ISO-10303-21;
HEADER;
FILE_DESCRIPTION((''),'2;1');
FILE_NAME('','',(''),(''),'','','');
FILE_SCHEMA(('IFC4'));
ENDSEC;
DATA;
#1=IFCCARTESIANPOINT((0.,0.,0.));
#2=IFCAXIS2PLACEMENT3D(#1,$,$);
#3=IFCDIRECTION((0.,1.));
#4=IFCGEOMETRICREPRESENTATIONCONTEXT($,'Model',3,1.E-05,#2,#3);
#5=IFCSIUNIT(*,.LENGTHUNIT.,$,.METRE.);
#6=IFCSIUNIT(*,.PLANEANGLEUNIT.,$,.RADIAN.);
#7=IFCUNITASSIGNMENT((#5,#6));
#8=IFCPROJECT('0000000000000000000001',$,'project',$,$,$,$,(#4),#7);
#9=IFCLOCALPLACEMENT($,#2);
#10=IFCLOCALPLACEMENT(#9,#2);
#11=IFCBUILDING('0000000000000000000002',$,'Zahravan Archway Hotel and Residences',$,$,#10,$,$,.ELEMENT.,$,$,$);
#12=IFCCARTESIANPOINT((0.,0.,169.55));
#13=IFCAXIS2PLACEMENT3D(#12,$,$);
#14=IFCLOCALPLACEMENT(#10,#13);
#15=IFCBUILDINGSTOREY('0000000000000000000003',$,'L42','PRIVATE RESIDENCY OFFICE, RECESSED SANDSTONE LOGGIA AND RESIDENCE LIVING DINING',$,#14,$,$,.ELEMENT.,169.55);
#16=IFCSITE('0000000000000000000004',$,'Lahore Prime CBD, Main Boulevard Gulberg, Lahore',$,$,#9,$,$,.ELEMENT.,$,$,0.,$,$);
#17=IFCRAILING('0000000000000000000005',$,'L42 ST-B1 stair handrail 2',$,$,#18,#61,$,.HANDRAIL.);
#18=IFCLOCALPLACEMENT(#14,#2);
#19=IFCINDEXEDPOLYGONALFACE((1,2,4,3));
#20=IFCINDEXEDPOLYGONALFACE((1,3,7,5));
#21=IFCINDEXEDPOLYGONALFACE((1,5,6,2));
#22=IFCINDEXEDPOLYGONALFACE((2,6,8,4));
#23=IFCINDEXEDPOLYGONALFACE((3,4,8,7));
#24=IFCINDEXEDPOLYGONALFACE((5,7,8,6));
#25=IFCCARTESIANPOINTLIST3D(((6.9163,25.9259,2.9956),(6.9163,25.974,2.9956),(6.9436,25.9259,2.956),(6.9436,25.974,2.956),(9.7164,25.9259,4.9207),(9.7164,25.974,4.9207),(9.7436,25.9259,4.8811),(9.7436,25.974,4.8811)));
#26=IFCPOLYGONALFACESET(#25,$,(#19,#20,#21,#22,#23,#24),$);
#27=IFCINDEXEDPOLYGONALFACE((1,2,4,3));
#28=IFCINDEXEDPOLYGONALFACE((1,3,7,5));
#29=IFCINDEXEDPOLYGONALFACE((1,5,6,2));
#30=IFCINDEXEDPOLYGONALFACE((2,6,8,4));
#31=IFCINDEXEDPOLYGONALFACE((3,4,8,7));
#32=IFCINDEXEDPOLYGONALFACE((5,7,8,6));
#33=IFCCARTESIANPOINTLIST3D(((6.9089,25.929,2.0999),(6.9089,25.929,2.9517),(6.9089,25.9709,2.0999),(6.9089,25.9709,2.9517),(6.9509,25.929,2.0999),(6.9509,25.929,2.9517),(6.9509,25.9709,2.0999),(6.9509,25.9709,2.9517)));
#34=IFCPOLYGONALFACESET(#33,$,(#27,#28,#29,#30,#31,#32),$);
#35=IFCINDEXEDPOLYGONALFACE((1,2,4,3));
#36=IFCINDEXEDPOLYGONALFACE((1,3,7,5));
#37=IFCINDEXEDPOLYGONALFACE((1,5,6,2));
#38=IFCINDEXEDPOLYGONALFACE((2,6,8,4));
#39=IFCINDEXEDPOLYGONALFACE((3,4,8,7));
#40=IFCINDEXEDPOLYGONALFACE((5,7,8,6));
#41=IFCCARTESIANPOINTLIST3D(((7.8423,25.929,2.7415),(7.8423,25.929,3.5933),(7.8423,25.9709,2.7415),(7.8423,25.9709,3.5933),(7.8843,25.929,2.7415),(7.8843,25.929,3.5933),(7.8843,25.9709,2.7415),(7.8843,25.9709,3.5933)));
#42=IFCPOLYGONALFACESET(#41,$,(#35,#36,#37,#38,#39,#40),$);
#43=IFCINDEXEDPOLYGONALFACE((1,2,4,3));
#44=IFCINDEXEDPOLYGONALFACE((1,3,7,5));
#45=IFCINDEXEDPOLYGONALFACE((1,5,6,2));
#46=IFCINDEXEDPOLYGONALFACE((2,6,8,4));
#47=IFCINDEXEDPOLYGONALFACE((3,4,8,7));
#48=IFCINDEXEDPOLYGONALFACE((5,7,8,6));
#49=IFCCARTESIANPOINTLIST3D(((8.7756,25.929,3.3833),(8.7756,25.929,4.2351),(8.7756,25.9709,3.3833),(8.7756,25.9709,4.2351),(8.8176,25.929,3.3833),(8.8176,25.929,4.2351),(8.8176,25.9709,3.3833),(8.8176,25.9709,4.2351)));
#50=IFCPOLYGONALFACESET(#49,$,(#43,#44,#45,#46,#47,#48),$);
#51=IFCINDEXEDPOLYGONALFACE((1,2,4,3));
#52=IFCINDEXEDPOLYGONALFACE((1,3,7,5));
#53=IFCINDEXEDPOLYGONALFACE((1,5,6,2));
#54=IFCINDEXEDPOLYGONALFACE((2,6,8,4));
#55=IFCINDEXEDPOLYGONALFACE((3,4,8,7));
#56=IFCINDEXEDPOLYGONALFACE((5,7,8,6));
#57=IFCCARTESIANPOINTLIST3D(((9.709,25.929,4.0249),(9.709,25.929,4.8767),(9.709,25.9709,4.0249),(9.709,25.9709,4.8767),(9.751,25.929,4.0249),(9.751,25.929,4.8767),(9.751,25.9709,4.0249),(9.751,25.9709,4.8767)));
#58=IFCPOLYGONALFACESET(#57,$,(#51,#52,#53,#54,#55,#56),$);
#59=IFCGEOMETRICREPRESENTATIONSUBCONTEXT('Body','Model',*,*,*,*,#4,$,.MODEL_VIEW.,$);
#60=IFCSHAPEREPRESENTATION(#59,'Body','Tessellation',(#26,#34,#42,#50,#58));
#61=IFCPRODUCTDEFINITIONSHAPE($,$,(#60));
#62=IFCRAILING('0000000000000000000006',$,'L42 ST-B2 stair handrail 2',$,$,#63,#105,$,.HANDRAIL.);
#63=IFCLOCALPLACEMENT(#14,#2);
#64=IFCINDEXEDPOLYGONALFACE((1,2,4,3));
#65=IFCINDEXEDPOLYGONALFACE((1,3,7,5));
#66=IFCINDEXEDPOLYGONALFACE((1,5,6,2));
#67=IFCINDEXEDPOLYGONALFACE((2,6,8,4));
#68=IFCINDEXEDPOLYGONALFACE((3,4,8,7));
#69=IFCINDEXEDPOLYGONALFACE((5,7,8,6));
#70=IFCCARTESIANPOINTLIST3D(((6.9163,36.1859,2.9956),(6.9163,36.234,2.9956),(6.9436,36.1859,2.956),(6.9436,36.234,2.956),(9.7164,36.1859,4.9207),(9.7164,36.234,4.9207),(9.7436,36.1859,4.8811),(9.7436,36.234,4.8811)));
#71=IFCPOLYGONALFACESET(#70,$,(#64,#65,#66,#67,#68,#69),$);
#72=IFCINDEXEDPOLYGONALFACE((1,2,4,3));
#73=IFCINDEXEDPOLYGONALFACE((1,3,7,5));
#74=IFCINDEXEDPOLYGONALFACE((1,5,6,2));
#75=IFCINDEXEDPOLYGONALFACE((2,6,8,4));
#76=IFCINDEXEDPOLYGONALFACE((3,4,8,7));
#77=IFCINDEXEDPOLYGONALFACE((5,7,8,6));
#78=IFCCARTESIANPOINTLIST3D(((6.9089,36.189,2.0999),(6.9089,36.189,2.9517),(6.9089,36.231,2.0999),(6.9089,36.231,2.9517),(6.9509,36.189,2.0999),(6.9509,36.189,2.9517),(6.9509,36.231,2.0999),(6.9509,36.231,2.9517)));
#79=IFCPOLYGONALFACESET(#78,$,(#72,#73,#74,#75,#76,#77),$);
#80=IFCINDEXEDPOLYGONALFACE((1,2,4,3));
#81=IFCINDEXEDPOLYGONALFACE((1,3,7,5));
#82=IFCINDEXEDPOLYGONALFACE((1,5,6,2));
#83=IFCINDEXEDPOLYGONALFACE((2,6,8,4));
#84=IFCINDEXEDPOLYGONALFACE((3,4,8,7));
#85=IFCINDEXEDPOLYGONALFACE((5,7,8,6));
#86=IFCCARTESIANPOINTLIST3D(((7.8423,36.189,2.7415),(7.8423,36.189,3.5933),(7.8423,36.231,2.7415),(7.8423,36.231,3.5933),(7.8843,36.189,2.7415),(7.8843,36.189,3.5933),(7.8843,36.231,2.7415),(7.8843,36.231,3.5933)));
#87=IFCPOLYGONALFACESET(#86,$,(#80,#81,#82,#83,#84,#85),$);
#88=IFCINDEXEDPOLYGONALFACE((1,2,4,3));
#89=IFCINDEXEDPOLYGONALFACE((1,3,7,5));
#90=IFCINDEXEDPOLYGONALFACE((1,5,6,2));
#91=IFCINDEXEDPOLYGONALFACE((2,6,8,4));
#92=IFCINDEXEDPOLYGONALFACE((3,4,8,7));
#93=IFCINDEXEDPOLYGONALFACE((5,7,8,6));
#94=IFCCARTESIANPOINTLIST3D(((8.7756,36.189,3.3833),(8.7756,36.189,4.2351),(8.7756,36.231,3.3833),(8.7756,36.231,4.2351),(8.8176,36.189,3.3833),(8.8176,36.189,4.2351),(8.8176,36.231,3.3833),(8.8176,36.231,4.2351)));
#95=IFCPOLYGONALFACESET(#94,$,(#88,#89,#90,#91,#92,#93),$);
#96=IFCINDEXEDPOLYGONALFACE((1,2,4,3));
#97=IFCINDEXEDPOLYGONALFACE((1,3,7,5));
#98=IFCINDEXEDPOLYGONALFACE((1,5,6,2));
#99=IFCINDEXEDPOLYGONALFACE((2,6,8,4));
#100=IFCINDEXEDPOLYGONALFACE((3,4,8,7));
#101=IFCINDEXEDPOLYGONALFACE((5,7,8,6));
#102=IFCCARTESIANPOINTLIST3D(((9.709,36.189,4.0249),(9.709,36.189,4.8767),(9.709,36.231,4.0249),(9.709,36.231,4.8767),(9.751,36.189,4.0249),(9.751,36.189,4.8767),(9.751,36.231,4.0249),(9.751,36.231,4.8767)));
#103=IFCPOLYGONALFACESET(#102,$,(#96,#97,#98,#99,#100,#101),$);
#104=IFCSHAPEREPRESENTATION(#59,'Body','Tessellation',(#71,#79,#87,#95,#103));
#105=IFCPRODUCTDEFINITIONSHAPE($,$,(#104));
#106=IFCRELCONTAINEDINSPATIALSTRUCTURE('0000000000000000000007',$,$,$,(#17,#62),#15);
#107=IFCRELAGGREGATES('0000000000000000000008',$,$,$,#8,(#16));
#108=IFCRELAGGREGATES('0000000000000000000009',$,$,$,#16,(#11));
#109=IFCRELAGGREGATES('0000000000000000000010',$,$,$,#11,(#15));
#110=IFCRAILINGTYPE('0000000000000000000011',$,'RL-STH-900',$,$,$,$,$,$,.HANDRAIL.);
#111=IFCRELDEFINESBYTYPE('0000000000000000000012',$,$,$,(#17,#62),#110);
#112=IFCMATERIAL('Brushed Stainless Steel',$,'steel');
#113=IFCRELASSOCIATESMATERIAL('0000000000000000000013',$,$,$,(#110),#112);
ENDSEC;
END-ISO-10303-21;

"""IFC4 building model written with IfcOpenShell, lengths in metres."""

from ifc_helpers import new_model, si_unit, direction, frame, origin, origin_2d, place, context, subcontext, project, spatial, rectangle, extrude, material, type_object, element, save


model = new_model("IFC4")

# Units and contexts
model_context = context("Model", 3, precision=1e-05, world=origin(), true_north=direction((0.0, 1.0)))
body_context = subcontext(model_context, "Body", "Model", "MODEL_VIEW")
ifc_project = project(units=[si_unit("LENGTHUNIT", "METRE"), si_unit("PLANEANGLEUNIT", "RADIAN")], contexts=[model_context])

# Site, building, storey
site_placement = place(None, origin())
site = spatial("IfcSite", under=ifc_project, at=site_placement, Name="Lahore Prime CBD, Main Boulevard Gulberg, Lahore", CompositionType="ELEMENT", RefElevation=0.0)
building_placement = place(site_placement, origin())
building = spatial("IfcBuilding", under=site, at=building_placement, Name="Zahravan Archway Hotel and Residences", CompositionType="ELEMENT")
storey_placement = place(building_placement, frame((0.0, 0.0, 169.55)))
storey = spatial("IfcBuildingStorey", under=building, at=storey_placement, Name="L42", Description="PRIVATE RESIDENCY OFFICE, RECESSED SANDSTONE LOGGIA AND RESIDENCE LIVING DINING", CompositionType="ELEMENT", Elevation=169.55)

# Shared definitions
ifc_material_1 = material(Name="Brushed Stainless Steel", Category="steel")

# Railings
railing_type_1 = type_object("IfcRailingType", Name="RL-STH-900", PredefinedType="HANDRAIL", material=ifc_material_1)
for number, where, name in (
    (1, (6.9299, 25.95, 2.0999), "L42 ST-B1 stair handrail 2"),
    (2, (6.9299, 36.21, 2.0999), "L42 ST-B2 stair handrail 2"),
):
    element("IfcRailing", number, at=place(storey_placement, frame(where)), inside=storey, type_object=railing_type_1, Name=name, PredefinedType="HANDRAIL", context=body_context, shape_type="SweptSolid", body=[
        extrude(rectangle(XDim=0.0481, YDim=0.0481, at=origin_2d()), frame((0.0, 0.0, 0.876), z_axis=(0.82404, 0.0, 0.566532), x_axis=(0.0, 1.0, 0.0)), (0.0, 0.0, 1.0), 3.3979),
        extrude(rectangle(XDim=0.042, YDim=0.042, at=origin_2d()), origin(), (0.0, 0.0, 1.0), 0.8518),
        extrude(rectangle(XDim=0.042, YDim=0.042, at=origin_2d()), frame((0.9333, 0.0, 0.6416)), (0.0, 0.0, 1.0), 0.8518),
        extrude(rectangle(XDim=0.042, YDim=0.042, at=origin_2d()), frame((1.8667, 0.0, 1.2834)), (0.0, 0.0, 1.0), 0.8518),
        extrude(rectangle(XDim=0.042, YDim=0.042, at=origin_2d()), frame((2.8, 0.0, 1.925)), (0.0, 0.0, 1.0), 0.8518),
    ])

save(model, "model.ifc")
